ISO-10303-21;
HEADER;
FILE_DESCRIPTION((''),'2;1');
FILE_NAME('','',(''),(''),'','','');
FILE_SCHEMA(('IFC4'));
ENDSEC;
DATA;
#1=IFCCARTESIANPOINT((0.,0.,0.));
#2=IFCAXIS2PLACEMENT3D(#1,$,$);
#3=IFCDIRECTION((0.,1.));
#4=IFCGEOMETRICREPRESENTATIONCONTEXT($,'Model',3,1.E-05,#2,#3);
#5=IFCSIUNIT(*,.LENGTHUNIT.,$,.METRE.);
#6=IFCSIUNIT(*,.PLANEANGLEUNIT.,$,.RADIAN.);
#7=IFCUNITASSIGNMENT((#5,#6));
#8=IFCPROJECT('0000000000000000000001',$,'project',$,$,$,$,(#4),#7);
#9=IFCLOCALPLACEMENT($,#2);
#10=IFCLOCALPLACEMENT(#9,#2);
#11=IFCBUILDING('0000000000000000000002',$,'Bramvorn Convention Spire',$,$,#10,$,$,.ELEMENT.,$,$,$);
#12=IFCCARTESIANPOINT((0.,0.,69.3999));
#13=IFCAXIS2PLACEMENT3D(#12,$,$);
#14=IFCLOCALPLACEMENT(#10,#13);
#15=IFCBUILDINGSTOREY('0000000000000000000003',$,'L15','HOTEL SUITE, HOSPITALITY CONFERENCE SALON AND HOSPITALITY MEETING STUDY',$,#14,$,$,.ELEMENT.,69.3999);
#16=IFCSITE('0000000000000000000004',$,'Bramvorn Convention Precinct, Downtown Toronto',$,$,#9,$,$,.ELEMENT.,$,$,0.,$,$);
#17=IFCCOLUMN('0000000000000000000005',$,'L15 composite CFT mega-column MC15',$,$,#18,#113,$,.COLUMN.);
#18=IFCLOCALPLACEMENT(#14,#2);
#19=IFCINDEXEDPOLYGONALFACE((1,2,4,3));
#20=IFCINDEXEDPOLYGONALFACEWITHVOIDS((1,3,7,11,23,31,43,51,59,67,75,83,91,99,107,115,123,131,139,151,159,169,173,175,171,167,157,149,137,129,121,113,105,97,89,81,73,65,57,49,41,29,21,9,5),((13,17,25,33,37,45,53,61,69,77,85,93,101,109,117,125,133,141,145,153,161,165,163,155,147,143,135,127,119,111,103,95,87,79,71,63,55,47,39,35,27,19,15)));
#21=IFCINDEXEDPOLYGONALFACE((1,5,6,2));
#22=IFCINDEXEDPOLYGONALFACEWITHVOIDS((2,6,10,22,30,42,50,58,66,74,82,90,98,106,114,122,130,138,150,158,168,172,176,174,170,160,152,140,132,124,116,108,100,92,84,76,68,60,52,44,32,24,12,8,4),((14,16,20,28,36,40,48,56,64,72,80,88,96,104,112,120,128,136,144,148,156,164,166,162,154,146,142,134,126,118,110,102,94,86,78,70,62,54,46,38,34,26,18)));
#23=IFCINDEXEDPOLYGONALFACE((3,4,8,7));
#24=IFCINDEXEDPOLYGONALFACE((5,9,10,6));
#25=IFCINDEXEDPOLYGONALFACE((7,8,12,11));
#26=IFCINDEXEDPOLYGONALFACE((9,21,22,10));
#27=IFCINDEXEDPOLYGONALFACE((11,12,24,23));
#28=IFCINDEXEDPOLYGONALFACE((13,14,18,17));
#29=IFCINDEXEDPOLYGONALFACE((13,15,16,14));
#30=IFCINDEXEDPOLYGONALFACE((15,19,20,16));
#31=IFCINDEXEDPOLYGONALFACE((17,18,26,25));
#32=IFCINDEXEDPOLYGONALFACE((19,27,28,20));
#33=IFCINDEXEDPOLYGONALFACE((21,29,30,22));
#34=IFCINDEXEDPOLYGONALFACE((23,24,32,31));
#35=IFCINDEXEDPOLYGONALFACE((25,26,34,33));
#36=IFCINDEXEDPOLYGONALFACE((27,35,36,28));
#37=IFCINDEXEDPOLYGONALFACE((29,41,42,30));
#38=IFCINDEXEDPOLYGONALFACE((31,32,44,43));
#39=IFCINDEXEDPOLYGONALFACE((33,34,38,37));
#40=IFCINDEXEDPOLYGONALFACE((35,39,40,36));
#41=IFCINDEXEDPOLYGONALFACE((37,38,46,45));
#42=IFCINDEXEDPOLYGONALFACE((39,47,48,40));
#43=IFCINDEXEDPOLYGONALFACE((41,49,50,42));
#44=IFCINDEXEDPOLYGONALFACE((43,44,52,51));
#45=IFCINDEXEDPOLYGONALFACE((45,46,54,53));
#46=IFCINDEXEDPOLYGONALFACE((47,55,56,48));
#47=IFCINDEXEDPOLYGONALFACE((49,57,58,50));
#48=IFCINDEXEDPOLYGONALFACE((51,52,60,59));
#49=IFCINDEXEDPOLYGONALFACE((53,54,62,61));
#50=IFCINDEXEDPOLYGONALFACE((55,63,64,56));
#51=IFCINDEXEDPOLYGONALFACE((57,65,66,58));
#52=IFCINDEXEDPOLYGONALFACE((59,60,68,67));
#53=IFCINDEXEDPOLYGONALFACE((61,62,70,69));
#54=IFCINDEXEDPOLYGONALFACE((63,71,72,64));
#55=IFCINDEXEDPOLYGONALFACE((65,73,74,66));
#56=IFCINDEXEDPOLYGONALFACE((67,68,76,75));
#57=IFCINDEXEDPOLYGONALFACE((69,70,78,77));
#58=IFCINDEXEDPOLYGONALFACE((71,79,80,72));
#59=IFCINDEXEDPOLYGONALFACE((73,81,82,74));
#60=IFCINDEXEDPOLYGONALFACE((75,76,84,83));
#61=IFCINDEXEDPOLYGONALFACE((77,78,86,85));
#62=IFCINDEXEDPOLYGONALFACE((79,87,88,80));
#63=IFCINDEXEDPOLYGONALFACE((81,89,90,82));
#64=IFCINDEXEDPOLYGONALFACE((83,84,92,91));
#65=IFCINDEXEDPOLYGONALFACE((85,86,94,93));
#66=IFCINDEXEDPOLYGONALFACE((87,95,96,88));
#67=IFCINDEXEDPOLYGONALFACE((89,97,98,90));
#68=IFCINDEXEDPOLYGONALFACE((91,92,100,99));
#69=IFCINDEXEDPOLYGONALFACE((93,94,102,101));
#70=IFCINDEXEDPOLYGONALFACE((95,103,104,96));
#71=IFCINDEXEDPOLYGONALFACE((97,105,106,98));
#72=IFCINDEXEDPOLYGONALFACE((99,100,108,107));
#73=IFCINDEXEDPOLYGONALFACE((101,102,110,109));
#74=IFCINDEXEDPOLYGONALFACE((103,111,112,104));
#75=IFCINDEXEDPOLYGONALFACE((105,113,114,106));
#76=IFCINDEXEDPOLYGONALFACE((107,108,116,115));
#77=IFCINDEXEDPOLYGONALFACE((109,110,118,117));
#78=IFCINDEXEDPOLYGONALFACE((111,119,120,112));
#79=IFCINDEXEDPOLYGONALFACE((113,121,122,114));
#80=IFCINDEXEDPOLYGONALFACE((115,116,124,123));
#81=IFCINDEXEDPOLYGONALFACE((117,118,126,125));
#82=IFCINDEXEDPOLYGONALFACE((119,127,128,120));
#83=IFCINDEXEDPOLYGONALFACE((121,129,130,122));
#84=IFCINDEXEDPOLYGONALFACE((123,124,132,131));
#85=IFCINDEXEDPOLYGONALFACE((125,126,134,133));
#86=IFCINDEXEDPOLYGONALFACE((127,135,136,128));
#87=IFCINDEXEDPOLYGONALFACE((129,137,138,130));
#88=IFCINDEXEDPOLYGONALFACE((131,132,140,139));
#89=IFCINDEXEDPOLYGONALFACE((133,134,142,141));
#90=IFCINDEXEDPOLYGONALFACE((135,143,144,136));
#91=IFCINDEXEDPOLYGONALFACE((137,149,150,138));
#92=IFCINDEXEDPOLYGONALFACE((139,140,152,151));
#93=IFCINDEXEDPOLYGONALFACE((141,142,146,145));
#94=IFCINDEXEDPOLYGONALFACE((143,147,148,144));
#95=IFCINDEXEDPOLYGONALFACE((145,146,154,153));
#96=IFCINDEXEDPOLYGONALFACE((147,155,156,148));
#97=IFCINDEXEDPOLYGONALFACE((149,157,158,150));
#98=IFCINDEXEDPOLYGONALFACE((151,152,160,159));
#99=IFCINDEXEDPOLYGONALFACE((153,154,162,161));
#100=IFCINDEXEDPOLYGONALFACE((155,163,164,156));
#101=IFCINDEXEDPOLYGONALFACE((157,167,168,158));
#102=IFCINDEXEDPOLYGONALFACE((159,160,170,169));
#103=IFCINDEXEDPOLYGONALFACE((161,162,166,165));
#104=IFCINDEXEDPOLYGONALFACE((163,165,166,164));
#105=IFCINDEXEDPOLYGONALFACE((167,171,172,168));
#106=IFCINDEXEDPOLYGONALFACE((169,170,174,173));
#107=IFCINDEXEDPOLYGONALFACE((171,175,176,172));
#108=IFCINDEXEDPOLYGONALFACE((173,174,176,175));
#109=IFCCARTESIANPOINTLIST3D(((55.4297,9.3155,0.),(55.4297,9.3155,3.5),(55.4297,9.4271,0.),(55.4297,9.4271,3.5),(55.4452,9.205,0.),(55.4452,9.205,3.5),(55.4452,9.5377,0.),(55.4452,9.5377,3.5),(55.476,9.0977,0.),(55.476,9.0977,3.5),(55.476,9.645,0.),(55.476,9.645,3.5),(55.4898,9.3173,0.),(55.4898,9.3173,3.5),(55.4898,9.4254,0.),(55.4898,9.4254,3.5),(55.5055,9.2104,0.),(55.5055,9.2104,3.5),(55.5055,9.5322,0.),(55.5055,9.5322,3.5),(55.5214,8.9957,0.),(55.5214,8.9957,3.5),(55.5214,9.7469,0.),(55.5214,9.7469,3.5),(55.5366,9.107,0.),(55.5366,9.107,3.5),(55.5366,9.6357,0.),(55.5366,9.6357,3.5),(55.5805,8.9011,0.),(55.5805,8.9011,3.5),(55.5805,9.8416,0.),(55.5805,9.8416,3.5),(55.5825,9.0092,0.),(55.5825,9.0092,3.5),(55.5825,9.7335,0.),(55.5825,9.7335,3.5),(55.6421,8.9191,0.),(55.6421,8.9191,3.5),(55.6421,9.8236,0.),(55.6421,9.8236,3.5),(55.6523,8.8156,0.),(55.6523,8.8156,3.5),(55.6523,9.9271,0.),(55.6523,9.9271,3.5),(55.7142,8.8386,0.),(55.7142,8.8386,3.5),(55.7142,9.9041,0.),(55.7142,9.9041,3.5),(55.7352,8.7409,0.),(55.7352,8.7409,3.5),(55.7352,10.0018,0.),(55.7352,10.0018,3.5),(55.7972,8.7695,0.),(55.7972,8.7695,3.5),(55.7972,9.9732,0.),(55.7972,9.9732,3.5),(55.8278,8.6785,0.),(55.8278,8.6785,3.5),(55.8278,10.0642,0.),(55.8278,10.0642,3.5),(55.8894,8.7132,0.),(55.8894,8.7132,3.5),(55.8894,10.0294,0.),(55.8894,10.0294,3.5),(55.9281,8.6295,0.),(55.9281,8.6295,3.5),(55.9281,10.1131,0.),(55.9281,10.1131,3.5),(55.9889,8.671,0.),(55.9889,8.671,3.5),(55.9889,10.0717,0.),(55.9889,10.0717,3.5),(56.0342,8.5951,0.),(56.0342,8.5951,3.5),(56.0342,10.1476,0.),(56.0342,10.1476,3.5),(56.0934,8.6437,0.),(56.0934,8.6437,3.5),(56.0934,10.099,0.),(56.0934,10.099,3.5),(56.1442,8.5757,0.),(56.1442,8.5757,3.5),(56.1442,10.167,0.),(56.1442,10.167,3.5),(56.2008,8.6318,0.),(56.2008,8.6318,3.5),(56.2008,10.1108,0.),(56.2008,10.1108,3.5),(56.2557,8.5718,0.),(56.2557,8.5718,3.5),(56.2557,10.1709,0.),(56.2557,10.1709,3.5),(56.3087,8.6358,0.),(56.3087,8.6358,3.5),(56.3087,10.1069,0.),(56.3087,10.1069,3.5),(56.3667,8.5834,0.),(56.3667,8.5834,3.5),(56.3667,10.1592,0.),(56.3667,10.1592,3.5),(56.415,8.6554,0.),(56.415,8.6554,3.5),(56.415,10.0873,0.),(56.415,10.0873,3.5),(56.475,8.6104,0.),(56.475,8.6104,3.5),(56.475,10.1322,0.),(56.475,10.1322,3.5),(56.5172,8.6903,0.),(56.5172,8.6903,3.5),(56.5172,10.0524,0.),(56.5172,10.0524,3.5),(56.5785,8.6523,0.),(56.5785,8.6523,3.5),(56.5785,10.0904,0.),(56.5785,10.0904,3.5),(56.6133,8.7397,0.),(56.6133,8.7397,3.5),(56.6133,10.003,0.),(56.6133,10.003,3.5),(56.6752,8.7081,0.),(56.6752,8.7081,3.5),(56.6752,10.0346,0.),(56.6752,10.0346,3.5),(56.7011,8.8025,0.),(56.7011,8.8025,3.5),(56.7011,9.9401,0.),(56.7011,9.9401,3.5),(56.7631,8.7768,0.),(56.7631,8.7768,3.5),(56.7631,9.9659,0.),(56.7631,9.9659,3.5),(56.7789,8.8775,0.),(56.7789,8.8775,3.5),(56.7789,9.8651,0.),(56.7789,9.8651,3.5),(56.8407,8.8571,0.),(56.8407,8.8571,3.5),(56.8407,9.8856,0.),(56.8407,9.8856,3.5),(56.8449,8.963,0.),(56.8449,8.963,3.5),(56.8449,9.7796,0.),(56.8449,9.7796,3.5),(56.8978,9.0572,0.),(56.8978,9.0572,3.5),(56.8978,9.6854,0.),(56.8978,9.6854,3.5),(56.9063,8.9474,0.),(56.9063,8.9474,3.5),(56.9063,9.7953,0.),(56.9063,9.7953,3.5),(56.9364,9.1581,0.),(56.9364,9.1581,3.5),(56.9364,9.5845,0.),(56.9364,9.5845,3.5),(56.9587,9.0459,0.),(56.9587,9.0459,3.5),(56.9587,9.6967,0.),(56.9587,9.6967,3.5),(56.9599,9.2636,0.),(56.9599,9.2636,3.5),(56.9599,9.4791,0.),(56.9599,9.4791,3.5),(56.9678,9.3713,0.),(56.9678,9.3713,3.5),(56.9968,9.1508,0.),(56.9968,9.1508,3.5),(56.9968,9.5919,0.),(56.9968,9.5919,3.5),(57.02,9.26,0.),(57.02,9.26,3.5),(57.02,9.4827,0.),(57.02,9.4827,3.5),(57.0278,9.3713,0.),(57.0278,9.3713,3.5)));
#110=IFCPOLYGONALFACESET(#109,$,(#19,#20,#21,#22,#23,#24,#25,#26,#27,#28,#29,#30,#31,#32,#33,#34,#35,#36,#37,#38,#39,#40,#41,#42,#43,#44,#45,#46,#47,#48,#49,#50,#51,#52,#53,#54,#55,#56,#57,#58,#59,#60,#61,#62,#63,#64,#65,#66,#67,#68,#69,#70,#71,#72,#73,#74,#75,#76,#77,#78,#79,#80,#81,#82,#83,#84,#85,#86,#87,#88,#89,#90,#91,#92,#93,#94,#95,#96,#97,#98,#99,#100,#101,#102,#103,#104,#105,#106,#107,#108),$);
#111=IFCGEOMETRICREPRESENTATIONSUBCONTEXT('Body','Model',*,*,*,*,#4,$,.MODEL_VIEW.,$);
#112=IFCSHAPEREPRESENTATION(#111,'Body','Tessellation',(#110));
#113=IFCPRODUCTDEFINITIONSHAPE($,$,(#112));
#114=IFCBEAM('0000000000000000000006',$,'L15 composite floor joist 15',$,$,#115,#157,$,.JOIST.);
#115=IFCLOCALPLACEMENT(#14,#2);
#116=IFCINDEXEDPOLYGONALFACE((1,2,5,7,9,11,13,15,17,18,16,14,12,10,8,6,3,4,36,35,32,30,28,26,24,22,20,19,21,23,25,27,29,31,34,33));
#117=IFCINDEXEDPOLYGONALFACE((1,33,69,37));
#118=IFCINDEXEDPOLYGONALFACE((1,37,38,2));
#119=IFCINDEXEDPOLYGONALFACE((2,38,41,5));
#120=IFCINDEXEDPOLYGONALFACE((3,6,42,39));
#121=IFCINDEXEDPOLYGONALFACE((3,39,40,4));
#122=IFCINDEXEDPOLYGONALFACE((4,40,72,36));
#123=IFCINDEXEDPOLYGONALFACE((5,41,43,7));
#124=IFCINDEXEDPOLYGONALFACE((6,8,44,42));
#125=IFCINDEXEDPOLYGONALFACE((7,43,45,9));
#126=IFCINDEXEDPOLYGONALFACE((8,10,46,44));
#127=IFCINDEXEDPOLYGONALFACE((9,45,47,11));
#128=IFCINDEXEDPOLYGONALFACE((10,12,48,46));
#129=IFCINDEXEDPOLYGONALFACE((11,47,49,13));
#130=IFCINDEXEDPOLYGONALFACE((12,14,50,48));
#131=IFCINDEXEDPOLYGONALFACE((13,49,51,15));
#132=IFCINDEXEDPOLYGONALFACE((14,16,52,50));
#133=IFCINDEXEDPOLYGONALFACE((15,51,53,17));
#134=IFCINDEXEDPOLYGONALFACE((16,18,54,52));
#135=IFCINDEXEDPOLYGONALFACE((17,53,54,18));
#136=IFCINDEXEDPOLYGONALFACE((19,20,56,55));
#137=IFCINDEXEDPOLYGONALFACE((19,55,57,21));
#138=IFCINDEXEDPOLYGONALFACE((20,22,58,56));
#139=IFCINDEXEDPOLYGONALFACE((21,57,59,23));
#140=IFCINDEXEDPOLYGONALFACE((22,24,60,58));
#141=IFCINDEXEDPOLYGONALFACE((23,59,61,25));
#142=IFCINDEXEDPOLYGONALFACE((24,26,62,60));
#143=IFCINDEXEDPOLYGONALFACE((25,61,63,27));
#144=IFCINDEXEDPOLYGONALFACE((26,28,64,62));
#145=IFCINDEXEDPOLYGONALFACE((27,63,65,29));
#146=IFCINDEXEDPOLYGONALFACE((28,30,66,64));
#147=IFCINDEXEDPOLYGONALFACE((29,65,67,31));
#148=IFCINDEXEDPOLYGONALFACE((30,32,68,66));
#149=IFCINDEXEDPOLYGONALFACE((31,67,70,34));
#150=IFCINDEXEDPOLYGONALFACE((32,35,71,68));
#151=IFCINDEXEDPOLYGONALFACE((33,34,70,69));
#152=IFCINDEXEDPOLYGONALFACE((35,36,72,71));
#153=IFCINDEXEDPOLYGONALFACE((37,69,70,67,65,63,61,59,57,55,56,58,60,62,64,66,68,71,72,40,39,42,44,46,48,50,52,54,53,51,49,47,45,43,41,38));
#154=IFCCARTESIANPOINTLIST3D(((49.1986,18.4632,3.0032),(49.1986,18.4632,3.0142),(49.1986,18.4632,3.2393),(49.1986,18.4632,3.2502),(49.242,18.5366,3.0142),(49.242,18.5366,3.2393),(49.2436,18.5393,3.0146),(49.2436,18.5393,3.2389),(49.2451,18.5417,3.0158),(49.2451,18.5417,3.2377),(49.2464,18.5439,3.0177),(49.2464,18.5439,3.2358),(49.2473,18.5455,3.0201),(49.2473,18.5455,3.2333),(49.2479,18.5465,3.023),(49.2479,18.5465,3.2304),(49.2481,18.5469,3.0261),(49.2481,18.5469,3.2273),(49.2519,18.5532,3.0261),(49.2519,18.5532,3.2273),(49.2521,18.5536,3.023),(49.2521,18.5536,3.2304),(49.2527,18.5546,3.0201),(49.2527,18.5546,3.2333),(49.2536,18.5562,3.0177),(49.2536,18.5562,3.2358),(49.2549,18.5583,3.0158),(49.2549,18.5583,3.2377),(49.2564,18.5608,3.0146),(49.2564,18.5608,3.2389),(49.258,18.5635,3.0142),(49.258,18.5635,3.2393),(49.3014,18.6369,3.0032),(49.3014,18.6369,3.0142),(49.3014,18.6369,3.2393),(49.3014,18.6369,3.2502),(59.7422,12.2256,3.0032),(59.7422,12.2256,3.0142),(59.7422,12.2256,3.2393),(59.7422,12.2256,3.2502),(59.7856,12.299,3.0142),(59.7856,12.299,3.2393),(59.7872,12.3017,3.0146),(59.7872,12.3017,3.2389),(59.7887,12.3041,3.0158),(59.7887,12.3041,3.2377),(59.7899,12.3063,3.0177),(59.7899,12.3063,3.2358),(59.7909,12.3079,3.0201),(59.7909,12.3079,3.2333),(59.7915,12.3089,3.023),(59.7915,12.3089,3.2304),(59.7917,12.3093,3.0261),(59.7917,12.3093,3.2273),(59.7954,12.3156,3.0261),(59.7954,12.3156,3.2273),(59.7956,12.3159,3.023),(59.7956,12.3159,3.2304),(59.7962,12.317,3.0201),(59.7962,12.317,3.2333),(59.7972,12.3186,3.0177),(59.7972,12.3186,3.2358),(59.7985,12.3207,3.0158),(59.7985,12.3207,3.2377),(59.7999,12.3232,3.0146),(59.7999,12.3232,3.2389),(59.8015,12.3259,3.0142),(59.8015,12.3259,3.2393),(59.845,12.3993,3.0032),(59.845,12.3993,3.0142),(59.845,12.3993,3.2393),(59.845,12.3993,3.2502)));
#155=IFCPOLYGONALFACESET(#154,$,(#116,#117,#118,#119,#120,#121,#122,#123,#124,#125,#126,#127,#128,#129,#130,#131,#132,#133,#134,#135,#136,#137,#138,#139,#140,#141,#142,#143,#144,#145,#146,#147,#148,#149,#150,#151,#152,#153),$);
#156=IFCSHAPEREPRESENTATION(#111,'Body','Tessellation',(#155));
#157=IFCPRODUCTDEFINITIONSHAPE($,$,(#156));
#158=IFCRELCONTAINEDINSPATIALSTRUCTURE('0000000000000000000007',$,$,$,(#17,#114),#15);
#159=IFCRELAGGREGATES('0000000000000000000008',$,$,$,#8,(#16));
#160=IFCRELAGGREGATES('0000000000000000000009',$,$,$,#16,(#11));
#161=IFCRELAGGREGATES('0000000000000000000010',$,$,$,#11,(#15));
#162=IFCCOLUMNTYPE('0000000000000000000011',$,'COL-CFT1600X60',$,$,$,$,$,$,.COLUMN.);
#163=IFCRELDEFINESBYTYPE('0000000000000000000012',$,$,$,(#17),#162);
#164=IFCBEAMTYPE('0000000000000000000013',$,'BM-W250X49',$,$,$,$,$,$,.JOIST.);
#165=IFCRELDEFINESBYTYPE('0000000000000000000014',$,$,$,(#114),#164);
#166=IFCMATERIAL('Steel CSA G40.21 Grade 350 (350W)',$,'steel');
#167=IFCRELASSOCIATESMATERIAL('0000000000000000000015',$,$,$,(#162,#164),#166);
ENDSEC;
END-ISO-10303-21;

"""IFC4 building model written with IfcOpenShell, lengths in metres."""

from ifc_helpers import new_model, si_unit, direction, frame, origin, origin_2d, place, context, subcontext, project, spatial, hollow_circle, i_section, extrude, material, material_profile, profile_set, type_object, element, save


model = new_model("IFC4")

# Units and contexts
model_context = context("Model", 3, precision=1e-05, world=origin(), true_north=direction((0.0, 1.0)))
body_context = subcontext(model_context, "Body", "Model", "MODEL_VIEW")
ifc_project = project(units=[si_unit("LENGTHUNIT", "METRE"), si_unit("PLANEANGLEUNIT", "RADIAN")], contexts=[model_context])

# Site, building, storey
site_placement = place(None, origin())
site = spatial("IfcSite", under=ifc_project, at=site_placement, Name="Bramvorn Convention Precinct, Downtown Toronto", CompositionType="ELEMENT", RefElevation=0.0)
building_placement = place(site_placement, origin())
building = spatial("IfcBuilding", under=site, at=building_placement, Name="Bramvorn Convention Spire", CompositionType="ELEMENT")
storey_placement = place(building_placement, frame((0.0, 0.0, 69.3999)))
storey = spatial("IfcBuildingStorey", under=building, at=storey_placement, Name="L15", Description="HOTEL SUITE, HOSPITALITY CONFERENCE SALON AND HOSPITALITY MEETING STUDY", CompositionType="ELEMENT", Elevation=69.3999)

# Column
ifc_material_1 = material(Name="Steel CSA G40.21 Grade 350 (350W)", Category="steel")
ifc_material_profile_1 = material_profile(ifc_material_1, hollow_circle(Radius=0.8, WallThickness=0.0601, at=origin_2d()))
ifc_profile_set_1 = profile_set([ifc_material_profile_1], Name="Steel CSA G40.21 Grade 350 (350W) - CFT1600X60")
column_type = type_object("IfcColumnType", Name="COL-CFT1600X60", PredefinedType="COLUMN", material=ifc_profile_set_1)
column_placement = place(storey_placement, frame((56.2278, 9.3713, 0.0), z_axis=(0.0, 0.0, 1.0), x_axis=(1.0, 0.0, 0.0)))
element("IfcColumn", 1, at=column_placement, inside=storey, type_object=column_type, Name="L15 composite CFT mega-column MC15", PredefinedType="COLUMN", context=body_context, shape_type="SweptSolid", body=[
    extrude(hollow_circle(Radius=0.8, WallThickness=0.0601, at=origin_2d()), origin(), (0.0, 0.0, 1.0), 3.5),
])

# Beam
ifc_material_profile_2 = material_profile(ifc_material_1, i_section(OverallWidth=0.2019, OverallDepth=0.2471, WebThickness=0.0073, FlangeThickness=0.011, FilletRadius=0.012, at=origin_2d()))
ifc_profile_set_2 = profile_set([ifc_material_profile_2], Name="Steel CSA G40.21 Grade 350 (350W) - W250X49")
beam_type_1 = type_object("IfcBeamType", Name="BM-W250X49", PredefinedType="JOIST", material=ifc_profile_set_2)
beam_1_placement = place(storey_placement, frame((49.25, 18.55, 3.1267), z_axis=(0.860665, -0.509172, 0.0), x_axis=(0.509172, 0.860665, 0.0)))
element("IfcBeam", 2, at=beam_1_placement, inside=storey, type_object=beam_type_1, Name="L15 composite floor joist 15", PredefinedType="JOIST", context=body_context, shape_type="SweptSolid", body=[
    extrude(i_section(OverallWidth=0.2019, OverallDepth=0.2471, WebThickness=0.0073, FlangeThickness=0.011, FilletRadius=0.012, at=origin_2d()), origin(), (0.0, 0.0, 1.0), 12.2505),
])

save(model, "model.ifc")
